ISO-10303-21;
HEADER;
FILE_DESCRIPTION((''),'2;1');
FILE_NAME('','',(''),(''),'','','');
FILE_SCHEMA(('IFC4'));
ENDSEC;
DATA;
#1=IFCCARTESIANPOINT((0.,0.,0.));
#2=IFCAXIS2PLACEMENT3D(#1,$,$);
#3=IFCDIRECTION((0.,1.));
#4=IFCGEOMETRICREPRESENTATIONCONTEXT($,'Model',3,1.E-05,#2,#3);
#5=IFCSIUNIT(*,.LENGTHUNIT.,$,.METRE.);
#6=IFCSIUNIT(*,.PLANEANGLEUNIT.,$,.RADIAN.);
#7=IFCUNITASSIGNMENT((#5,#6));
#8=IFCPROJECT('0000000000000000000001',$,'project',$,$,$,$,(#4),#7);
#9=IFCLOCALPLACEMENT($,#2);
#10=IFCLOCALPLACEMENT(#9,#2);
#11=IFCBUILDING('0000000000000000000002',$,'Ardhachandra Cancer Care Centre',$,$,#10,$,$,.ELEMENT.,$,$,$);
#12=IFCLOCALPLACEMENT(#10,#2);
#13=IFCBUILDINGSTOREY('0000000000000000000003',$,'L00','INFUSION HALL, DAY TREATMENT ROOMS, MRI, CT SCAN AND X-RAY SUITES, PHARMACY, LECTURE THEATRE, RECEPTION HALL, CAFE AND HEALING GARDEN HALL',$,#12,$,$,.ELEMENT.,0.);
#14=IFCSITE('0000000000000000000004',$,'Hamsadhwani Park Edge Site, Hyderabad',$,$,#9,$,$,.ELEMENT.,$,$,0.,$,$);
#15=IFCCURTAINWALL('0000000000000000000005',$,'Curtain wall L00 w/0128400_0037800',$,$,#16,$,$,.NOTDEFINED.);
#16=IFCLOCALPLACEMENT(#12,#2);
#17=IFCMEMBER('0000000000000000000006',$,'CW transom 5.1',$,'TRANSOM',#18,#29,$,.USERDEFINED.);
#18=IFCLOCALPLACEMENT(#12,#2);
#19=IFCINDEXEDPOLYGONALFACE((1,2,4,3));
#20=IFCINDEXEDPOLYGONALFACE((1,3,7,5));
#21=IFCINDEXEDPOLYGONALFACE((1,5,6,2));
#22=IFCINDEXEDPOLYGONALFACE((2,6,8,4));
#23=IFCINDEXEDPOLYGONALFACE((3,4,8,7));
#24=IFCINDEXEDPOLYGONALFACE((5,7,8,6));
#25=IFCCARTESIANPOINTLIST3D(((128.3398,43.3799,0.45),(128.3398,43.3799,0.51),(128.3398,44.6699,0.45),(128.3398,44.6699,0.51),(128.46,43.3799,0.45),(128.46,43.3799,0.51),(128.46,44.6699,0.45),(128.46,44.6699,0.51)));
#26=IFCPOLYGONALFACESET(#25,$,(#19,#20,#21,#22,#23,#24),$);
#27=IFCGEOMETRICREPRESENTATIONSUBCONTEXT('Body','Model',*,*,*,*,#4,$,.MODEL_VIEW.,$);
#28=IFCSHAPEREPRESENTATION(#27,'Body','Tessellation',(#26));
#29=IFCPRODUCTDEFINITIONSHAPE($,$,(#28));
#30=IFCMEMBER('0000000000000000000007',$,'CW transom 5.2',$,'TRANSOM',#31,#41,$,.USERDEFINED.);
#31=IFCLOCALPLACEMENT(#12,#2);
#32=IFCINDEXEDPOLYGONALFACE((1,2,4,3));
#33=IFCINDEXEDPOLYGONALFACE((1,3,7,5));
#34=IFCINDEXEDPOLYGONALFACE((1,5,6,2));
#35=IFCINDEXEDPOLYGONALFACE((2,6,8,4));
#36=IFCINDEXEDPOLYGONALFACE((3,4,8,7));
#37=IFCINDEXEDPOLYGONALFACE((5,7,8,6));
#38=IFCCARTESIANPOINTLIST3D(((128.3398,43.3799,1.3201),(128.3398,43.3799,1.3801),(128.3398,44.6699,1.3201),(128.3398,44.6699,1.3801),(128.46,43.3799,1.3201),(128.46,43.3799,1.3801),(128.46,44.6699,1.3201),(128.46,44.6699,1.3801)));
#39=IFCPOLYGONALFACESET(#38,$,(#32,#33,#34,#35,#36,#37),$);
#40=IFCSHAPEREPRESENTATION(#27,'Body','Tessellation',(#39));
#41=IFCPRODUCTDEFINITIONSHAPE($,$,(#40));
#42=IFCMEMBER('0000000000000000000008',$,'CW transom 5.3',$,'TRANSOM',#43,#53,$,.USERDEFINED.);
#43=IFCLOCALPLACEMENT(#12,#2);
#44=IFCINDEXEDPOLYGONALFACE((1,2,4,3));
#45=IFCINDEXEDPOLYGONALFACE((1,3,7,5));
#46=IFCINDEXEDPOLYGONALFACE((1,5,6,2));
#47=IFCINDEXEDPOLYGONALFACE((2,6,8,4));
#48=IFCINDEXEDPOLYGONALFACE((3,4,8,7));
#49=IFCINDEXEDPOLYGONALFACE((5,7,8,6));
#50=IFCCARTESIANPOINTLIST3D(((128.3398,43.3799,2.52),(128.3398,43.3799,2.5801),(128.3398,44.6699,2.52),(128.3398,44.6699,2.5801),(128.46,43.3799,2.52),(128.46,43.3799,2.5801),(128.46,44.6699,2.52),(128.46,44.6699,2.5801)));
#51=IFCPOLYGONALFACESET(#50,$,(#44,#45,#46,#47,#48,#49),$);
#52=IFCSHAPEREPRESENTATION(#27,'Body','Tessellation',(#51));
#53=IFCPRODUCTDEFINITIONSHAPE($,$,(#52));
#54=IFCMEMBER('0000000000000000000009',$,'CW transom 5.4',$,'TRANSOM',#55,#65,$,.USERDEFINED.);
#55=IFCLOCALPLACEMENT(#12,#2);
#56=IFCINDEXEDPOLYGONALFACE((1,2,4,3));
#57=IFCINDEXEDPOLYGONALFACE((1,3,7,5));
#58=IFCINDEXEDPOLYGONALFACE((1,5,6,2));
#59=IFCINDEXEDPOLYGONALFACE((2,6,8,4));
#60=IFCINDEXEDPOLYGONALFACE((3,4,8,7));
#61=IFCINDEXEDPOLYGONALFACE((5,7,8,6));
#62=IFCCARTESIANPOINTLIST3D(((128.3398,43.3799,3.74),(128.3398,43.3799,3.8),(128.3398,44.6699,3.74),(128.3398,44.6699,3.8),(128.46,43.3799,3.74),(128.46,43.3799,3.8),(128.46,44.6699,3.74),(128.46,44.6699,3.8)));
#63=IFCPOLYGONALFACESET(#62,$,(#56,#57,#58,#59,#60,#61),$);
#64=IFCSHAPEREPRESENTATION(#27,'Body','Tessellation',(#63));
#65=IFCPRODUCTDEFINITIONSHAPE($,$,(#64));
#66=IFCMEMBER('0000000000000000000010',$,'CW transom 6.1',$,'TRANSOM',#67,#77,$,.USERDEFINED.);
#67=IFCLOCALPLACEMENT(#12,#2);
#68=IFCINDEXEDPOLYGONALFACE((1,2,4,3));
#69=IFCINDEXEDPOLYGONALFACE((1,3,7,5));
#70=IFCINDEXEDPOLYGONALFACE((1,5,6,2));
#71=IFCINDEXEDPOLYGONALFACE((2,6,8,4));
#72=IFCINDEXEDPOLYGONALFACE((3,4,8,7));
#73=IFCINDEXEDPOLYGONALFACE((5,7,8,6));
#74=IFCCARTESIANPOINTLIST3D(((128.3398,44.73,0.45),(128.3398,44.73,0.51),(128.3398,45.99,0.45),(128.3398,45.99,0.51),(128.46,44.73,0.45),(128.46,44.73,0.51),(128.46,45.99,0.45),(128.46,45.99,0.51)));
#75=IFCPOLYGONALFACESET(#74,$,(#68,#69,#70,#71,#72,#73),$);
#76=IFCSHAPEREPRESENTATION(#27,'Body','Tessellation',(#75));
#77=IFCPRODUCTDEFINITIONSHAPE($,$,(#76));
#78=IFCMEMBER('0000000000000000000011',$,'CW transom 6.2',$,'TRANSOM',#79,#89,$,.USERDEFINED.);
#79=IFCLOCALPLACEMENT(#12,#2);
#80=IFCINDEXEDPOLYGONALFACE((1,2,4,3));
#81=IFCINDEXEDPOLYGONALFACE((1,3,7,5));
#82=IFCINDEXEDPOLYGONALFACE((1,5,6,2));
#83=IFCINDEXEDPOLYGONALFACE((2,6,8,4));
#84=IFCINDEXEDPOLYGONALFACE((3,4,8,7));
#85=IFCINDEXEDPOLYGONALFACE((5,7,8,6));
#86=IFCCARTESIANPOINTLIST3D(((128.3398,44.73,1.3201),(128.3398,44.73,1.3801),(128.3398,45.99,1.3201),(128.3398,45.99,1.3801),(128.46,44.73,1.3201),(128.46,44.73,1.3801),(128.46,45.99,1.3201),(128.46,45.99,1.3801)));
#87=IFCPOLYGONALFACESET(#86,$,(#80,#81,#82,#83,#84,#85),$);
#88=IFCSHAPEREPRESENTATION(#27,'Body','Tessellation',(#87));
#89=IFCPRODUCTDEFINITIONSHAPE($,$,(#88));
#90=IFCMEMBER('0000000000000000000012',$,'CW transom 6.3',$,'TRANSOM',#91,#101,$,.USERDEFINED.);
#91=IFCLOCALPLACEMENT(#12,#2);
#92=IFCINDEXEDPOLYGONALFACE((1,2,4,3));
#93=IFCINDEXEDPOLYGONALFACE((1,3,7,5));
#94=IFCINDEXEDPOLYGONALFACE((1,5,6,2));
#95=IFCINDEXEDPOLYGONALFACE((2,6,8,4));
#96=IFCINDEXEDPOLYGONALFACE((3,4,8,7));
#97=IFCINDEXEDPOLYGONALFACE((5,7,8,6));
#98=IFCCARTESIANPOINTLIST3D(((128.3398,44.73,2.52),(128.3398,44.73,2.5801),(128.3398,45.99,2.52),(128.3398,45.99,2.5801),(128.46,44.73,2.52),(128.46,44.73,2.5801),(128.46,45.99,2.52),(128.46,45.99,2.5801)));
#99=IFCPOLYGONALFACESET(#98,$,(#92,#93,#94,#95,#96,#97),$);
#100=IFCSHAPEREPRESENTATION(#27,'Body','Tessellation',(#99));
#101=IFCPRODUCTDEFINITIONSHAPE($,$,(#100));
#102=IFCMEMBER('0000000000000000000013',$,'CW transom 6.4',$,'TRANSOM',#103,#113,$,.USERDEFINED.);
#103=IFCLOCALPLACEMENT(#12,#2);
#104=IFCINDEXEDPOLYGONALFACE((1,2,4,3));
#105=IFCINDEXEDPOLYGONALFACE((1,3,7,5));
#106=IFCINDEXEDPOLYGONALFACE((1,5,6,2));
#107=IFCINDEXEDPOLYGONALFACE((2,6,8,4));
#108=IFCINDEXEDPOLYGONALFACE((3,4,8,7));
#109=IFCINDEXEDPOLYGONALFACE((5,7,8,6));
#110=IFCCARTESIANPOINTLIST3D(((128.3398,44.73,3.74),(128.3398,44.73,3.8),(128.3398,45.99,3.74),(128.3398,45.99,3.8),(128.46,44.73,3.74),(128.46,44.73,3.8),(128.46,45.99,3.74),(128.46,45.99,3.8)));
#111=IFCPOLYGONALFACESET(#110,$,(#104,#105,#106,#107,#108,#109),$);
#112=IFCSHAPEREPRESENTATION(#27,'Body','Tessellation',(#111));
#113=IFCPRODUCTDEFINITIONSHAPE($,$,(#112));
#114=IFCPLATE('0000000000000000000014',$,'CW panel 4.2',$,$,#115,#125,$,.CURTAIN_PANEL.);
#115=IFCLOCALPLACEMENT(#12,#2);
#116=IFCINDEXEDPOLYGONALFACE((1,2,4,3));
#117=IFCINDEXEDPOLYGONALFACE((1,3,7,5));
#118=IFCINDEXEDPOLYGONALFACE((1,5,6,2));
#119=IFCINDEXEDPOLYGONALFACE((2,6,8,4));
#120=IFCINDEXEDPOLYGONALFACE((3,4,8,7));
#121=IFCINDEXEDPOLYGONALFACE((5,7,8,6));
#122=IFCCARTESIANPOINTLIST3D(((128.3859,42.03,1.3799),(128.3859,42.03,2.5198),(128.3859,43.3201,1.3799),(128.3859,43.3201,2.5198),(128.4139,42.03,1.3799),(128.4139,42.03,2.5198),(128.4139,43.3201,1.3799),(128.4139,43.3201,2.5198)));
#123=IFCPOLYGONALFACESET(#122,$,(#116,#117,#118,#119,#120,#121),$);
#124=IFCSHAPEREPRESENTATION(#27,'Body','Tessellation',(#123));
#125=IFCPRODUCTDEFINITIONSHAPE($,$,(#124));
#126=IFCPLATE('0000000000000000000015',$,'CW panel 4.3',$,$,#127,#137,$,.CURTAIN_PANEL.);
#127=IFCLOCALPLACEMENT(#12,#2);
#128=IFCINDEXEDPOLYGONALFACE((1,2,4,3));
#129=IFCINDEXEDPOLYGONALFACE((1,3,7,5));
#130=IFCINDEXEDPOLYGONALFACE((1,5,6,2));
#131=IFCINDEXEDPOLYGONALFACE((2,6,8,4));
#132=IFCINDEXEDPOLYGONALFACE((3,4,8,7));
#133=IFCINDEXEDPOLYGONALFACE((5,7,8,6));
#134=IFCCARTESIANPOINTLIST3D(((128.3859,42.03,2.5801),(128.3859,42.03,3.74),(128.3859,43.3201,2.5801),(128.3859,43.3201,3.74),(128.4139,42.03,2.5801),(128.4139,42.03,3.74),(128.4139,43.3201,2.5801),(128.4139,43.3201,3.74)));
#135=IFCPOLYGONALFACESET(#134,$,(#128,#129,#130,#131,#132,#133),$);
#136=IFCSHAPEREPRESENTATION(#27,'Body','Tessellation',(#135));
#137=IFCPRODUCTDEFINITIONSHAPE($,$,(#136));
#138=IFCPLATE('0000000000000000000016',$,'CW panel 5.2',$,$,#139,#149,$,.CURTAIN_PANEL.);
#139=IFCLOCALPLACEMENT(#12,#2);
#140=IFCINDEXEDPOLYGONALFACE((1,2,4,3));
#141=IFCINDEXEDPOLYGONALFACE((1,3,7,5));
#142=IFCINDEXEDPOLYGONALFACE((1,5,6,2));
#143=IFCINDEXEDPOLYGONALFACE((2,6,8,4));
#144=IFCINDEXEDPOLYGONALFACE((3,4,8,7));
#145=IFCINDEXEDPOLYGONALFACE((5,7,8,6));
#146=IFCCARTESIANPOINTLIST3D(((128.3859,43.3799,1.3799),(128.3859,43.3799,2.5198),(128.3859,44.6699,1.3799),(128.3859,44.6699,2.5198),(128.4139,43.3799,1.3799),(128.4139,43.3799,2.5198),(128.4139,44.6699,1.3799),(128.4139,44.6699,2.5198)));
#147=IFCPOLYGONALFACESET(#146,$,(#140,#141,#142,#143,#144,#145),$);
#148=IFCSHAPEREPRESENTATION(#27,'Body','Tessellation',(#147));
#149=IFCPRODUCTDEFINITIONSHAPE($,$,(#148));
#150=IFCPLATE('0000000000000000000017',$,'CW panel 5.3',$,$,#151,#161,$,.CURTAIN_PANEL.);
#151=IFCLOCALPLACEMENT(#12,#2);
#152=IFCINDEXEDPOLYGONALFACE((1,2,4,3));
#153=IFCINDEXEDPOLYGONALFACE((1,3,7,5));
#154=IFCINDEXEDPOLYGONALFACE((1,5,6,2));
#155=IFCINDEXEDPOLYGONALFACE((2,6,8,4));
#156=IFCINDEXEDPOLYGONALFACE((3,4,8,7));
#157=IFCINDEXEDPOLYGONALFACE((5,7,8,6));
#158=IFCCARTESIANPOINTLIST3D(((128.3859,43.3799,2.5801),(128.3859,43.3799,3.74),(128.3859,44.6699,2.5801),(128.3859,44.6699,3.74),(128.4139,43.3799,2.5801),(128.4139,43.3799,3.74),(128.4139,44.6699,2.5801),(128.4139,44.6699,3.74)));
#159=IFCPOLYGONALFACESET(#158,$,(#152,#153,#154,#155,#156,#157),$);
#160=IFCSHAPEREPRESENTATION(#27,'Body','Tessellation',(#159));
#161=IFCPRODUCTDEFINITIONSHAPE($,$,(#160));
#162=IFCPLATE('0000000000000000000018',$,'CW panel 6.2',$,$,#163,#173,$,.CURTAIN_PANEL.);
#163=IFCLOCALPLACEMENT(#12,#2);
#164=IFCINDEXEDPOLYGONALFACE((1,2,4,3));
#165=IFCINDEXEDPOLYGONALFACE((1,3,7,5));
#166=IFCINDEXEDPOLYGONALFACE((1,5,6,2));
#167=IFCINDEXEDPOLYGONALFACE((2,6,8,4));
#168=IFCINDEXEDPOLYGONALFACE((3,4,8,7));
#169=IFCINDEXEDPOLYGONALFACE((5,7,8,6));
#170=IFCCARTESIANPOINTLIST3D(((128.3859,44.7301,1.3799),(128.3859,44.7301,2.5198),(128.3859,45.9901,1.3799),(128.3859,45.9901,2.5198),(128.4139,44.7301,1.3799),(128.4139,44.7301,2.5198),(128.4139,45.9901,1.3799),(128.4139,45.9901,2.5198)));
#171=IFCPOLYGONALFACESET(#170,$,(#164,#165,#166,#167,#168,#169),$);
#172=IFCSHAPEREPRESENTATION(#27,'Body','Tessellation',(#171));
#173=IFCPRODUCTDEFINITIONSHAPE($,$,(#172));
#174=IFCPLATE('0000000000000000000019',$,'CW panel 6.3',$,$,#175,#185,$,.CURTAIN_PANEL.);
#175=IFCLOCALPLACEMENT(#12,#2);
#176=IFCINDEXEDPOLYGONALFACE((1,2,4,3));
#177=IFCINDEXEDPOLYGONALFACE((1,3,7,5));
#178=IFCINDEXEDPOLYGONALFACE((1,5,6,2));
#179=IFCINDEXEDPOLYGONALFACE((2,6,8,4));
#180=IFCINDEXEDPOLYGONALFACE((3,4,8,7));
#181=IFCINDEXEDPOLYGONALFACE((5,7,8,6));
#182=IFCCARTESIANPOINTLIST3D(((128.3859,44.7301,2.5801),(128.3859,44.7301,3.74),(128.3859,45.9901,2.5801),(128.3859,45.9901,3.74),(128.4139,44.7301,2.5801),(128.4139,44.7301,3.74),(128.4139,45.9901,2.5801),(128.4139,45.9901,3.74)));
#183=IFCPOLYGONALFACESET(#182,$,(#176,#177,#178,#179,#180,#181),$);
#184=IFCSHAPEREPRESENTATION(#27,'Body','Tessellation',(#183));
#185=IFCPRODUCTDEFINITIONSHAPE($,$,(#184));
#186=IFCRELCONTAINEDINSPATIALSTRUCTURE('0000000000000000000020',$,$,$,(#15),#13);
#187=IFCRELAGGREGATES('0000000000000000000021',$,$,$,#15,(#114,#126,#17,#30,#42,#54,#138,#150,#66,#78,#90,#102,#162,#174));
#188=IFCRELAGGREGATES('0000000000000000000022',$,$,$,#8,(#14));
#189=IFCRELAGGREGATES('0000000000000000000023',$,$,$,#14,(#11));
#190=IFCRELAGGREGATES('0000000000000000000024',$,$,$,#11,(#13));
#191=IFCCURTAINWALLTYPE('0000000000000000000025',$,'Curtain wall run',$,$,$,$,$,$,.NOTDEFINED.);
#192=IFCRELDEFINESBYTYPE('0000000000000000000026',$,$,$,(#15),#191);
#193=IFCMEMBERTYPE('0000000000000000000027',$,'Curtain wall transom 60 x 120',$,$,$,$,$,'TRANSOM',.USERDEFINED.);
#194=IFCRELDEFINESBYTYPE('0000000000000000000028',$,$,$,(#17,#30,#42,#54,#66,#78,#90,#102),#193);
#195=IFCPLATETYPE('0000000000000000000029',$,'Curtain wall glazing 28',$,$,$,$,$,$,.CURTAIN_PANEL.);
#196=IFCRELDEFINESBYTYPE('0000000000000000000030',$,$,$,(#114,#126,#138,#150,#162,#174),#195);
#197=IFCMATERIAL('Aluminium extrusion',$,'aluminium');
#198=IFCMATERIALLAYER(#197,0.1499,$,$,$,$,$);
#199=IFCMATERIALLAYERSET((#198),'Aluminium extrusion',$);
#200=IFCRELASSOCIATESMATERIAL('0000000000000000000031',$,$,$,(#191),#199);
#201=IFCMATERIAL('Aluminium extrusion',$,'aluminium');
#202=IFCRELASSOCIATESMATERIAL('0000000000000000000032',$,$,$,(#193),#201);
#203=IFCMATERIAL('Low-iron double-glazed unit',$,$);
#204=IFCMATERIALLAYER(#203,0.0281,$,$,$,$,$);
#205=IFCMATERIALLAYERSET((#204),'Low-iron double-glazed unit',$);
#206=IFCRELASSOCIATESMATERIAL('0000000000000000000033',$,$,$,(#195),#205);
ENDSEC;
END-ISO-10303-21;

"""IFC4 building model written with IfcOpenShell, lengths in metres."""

from ifc_helpers import new_model, si_unit, direction, frame, origin, origin_2d, place, context, subcontext, project, spatial, rectangle, extrude, material, layer, layer_set, material_profile, profile_set, type_object, element, aggregate, save


model = new_model("IFC4")

# Units and contexts
model_context = context("Model", 3, precision=1e-05, world=origin(), true_north=direction((0.0, 1.0)))
body_context = subcontext(model_context, "Body", "Model", "MODEL_VIEW")
ifc_project = project(units=[si_unit("LENGTHUNIT", "METRE"), si_unit("PLANEANGLEUNIT", "RADIAN")], contexts=[model_context])

# Site, building, storey
site_placement = place(None, origin())
site = spatial("IfcSite", under=ifc_project, at=site_placement, Name="Hamsadhwani Park Edge Site, Hyderabad", CompositionType="ELEMENT", RefElevation=0.0)
building_placement = place(site_placement, origin())
building = spatial("IfcBuilding", under=site, at=building_placement, Name="Ardhachandra Cancer Care Centre", CompositionType="ELEMENT")
storey_placement = place(building_placement, origin())
storey = spatial("IfcBuildingStorey", under=building, at=storey_placement, Name="L00", Description="INFUSION HALL, DAY TREATMENT ROOMS, MRI, CT SCAN AND X-RAY SUITES, PHARMACY, LECTURE THEATRE, RECEPTION HALL, CAFE AND HEALING GARDEN HALL", CompositionType="ELEMENT", Elevation=0.0)

# Curtain wall, members, plates
ifc_material_1 = material(Name="Aluminium extrusion", Category="aluminium")
ifc_layer_1 = layer(ifc_material_1, 0.1499)
ifc_layer_set_1 = layer_set([ifc_layer_1], Name="Aluminium extrusion")
curtain_wall_type = type_object("IfcCurtainWallType", Name="Curtain wall run", PredefinedType="NOTDEFINED", material=ifc_layer_set_1)
curtain_wall_placement = place(storey_placement, origin())
curtain_wall = element("IfcCurtainWall", 1, at=curtain_wall_placement, inside=storey, type_object=curtain_wall_type, Name="Curtain wall L00 w/0128400_0037800", PredefinedType="NOTDEFINED")
ifc_material_2 = material(Name="Aluminium extrusion", Category="aluminium")
ifc_material_profile_1 = material_profile(ifc_material_2, rectangle(XDim=0.1201, YDim=0.0601, at=origin_2d()), Name="Curtain wall transom 60 x 120")
ifc_profile_set_1 = profile_set([ifc_material_profile_1], Name="Aluminium extrusion")
member_type_1 = type_object("IfcMemberType", Name="Curtain wall transom 60 x 120", ElementType="TRANSOM", PredefinedType="USERDEFINED", material=ifc_profile_set_1)
member_1_placement = place(storey_placement, frame((128.3999, 43.3799, 0.48), z_axis=(0.0, 1.0, 0.0), x_axis=(-1.0, 0.0, 0.0)))
member_1 = element("IfcMember", 2, at=member_1_placement, type_object=member_type_1, Name="CW transom 5.1", ObjectType="TRANSOM", PredefinedType="USERDEFINED", context=body_context, shape_type="SweptSolid", body=[
    extrude(rectangle(XDim=0.1201, YDim=0.0601, at=origin_2d()), origin(), (0.0, 0.0, 1.0), 1.29),
])
member_2_placement = place(storey_placement, frame((128.3999, 43.3799, 1.3501), z_axis=(0.0, 1.0, 0.0), x_axis=(-1.0, 0.0, 0.0)))
member_2 = element("IfcMember", 3, at=member_2_placement, type_object=member_type_1, Name="CW transom 5.2", ObjectType="TRANSOM", PredefinedType="USERDEFINED", context=body_context, shape_type="SweptSolid", body=[
    extrude(rectangle(XDim=0.1201, YDim=0.0601, at=origin_2d()), origin(), (0.0, 0.0, 1.0), 1.29),
])
member_3_placement = place(storey_placement, frame((128.3999, 43.3799, 2.55), z_axis=(0.0, 1.0, 0.0), x_axis=(-1.0, 0.0, 0.0)))
member_3 = element("IfcMember", 4, at=member_3_placement, type_object=member_type_1, Name="CW transom 5.3", ObjectType="TRANSOM", PredefinedType="USERDEFINED", context=body_context, shape_type="SweptSolid", body=[
    extrude(rectangle(XDim=0.1201, YDim=0.0601, at=origin_2d()), origin(), (0.0, 0.0, 1.0), 1.29),
])
member_4_placement = place(storey_placement, frame((128.3999, 43.3799, 3.77), z_axis=(0.0, 1.0, 0.0), x_axis=(-1.0, 0.0, 0.0)))
member_4 = element("IfcMember", 5, at=member_4_placement, type_object=member_type_1, Name="CW transom 5.4", ObjectType="TRANSOM", PredefinedType="USERDEFINED", context=body_context, shape_type="SweptSolid", body=[
    extrude(rectangle(XDim=0.1201, YDim=0.0601, at=origin_2d()), origin(), (0.0, 0.0, 1.0), 1.29),
])
member_5_placement = place(storey_placement, frame((128.3999, 44.73, 0.48), z_axis=(0.0, 1.0, 0.0), x_axis=(-1.0, 0.0, 0.0)))
member_5 = element("IfcMember", 6, at=member_5_placement, type_object=member_type_1, Name="CW transom 6.1", ObjectType="TRANSOM", PredefinedType="USERDEFINED", context=body_context, shape_type="SweptSolid", body=[
    extrude(rectangle(XDim=0.1201, YDim=0.0601, at=origin_2d()), origin(), (0.0, 0.0, 1.0), 1.26),
])
member_6_placement = place(storey_placement, frame((128.3999, 44.73, 1.3501), z_axis=(0.0, 1.0, 0.0), x_axis=(-1.0, 0.0, 0.0)))
member_6 = element("IfcMember", 7, at=member_6_placement, type_object=member_type_1, Name="CW transom 6.2", ObjectType="TRANSOM", PredefinedType="USERDEFINED", context=body_context, shape_type="SweptSolid", body=[
    extrude(rectangle(XDim=0.1201, YDim=0.0601, at=origin_2d()), origin(), (0.0, 0.0, 1.0), 1.26),
])
member_7_placement = place(storey_placement, frame((128.3999, 44.73, 2.55), z_axis=(0.0, 1.0, 0.0), x_axis=(-1.0, 0.0, 0.0)))
member_7 = element("IfcMember", 8, at=member_7_placement, type_object=member_type_1, Name="CW transom 6.3", ObjectType="TRANSOM", PredefinedType="USERDEFINED", context=body_context, shape_type="SweptSolid", body=[
    extrude(rectangle(XDim=0.1201, YDim=0.0601, at=origin_2d()), origin(), (0.0, 0.0, 1.0), 1.26),
])
member_8_placement = place(storey_placement, frame((128.3999, 44.73, 3.77), z_axis=(0.0, 1.0, 0.0), x_axis=(-1.0, 0.0, 0.0)))
member_8 = element("IfcMember", 9, at=member_8_placement, type_object=member_type_1, Name="CW transom 6.4", ObjectType="TRANSOM", PredefinedType="USERDEFINED", context=body_context, shape_type="SweptSolid", body=[
    extrude(rectangle(XDim=0.1201, YDim=0.0601, at=origin_2d()), origin(), (0.0, 0.0, 1.0), 1.26),
])
ifc_material_3 = material(Name="Low-iron double-glazed unit")
ifc_layer_2 = layer(ifc_material_3, 0.0281)
ifc_layer_set_2 = layer_set([ifc_layer_2], Name="Low-iron double-glazed unit")
plate_type_1 = type_object("IfcPlateType", Name="Curtain wall glazing 28", PredefinedType="CURTAIN_PANEL", material=ifc_layer_set_2)
plate_1_placement = place(storey_placement, frame((128.3999, 42.675, 1.3799), z_axis=(0.0, 0.0, 1.0), x_axis=(0.0, 1.0, 0.0)))
plate_1 = element("IfcPlate", 10, at=plate_1_placement, type_object=plate_type_1, Name="CW panel 4.2", PredefinedType="CURTAIN_PANEL", context=body_context, shape_type="SweptSolid", body=[
    extrude(rectangle(XDim=1.29, YDim=0.0281, at=origin_2d()), origin(), (0.0, 0.0, 1.0), 1.1399),
])
plate_2_placement = place(storey_placement, frame((128.3999, 42.675, 2.5801), z_axis=(0.0, 0.0, 1.0), x_axis=(0.0, 1.0, 0.0)))
plate_2 = element("IfcPlate", 11, at=plate_2_placement, type_object=plate_type_1, Name="CW panel 4.3", PredefinedType="CURTAIN_PANEL", context=body_context, shape_type="SweptSolid", body=[
    extrude(rectangle(XDim=1.29, YDim=0.0281, at=origin_2d()), origin(), (0.0, 0.0, 1.0), 1.1599),
])
plate_3_placement = place(storey_placement, frame((128.3999, 44.0249, 1.3799), z_axis=(0.0, 0.0, 1.0), x_axis=(0.0, 1.0, 0.0)))
plate_3 = element("IfcPlate", 12, at=plate_3_placement, type_object=plate_type_1, Name="CW panel 5.2", PredefinedType="CURTAIN_PANEL", context=body_context, shape_type="SweptSolid", body=[
    extrude(rectangle(XDim=1.29, YDim=0.0281, at=origin_2d()), origin(), (0.0, 0.0, 1.0), 1.1399),
])
plate_4_placement = place(storey_placement, frame((128.3999, 44.0249, 2.5801), z_axis=(0.0, 0.0, 1.0), x_axis=(0.0, 1.0, 0.0)))
plate_4 = element("IfcPlate", 13, at=plate_4_placement, type_object=plate_type_1, Name="CW panel 5.3", PredefinedType="CURTAIN_PANEL", context=body_context, shape_type="SweptSolid", body=[
    extrude(rectangle(XDim=1.29, YDim=0.0281, at=origin_2d()), origin(), (0.0, 0.0, 1.0), 1.1599),
])
plate_5_placement = place(storey_placement, frame((128.3999, 45.3601, 1.3799), z_axis=(0.0, 0.0, 1.0), x_axis=(0.0, 1.0, 0.0)))
plate_5 = element("IfcPlate", 14, at=plate_5_placement, type_object=plate_type_1, Name="CW panel 6.2", PredefinedType="CURTAIN_PANEL", context=body_context, shape_type="SweptSolid", body=[
    extrude(rectangle(XDim=1.26, YDim=0.0281, at=origin_2d()), origin(), (0.0, 0.0, 1.0), 1.1399),
])
plate_6_placement = place(storey_placement, frame((128.3999, 45.3601, 2.5801), z_axis=(0.0, 0.0, 1.0), x_axis=(0.0, 1.0, 0.0)))
plate_6 = element("IfcPlate", 15, at=plate_6_placement, type_object=plate_type_1, Name="CW panel 6.3", PredefinedType="CURTAIN_PANEL", context=body_context, shape_type="SweptSolid", body=[
    extrude(rectangle(XDim=1.26, YDim=0.0281, at=origin_2d()), origin(), (0.0, 0.0, 1.0), 1.1599),
])
aggregate(curtain_wall, [plate_1, plate_2, member_1, member_2, member_3, member_4, plate_3, plate_4, member_5, member_6, member_7, member_8, plate_5, plate_6])

save(model, "model.ifc")
